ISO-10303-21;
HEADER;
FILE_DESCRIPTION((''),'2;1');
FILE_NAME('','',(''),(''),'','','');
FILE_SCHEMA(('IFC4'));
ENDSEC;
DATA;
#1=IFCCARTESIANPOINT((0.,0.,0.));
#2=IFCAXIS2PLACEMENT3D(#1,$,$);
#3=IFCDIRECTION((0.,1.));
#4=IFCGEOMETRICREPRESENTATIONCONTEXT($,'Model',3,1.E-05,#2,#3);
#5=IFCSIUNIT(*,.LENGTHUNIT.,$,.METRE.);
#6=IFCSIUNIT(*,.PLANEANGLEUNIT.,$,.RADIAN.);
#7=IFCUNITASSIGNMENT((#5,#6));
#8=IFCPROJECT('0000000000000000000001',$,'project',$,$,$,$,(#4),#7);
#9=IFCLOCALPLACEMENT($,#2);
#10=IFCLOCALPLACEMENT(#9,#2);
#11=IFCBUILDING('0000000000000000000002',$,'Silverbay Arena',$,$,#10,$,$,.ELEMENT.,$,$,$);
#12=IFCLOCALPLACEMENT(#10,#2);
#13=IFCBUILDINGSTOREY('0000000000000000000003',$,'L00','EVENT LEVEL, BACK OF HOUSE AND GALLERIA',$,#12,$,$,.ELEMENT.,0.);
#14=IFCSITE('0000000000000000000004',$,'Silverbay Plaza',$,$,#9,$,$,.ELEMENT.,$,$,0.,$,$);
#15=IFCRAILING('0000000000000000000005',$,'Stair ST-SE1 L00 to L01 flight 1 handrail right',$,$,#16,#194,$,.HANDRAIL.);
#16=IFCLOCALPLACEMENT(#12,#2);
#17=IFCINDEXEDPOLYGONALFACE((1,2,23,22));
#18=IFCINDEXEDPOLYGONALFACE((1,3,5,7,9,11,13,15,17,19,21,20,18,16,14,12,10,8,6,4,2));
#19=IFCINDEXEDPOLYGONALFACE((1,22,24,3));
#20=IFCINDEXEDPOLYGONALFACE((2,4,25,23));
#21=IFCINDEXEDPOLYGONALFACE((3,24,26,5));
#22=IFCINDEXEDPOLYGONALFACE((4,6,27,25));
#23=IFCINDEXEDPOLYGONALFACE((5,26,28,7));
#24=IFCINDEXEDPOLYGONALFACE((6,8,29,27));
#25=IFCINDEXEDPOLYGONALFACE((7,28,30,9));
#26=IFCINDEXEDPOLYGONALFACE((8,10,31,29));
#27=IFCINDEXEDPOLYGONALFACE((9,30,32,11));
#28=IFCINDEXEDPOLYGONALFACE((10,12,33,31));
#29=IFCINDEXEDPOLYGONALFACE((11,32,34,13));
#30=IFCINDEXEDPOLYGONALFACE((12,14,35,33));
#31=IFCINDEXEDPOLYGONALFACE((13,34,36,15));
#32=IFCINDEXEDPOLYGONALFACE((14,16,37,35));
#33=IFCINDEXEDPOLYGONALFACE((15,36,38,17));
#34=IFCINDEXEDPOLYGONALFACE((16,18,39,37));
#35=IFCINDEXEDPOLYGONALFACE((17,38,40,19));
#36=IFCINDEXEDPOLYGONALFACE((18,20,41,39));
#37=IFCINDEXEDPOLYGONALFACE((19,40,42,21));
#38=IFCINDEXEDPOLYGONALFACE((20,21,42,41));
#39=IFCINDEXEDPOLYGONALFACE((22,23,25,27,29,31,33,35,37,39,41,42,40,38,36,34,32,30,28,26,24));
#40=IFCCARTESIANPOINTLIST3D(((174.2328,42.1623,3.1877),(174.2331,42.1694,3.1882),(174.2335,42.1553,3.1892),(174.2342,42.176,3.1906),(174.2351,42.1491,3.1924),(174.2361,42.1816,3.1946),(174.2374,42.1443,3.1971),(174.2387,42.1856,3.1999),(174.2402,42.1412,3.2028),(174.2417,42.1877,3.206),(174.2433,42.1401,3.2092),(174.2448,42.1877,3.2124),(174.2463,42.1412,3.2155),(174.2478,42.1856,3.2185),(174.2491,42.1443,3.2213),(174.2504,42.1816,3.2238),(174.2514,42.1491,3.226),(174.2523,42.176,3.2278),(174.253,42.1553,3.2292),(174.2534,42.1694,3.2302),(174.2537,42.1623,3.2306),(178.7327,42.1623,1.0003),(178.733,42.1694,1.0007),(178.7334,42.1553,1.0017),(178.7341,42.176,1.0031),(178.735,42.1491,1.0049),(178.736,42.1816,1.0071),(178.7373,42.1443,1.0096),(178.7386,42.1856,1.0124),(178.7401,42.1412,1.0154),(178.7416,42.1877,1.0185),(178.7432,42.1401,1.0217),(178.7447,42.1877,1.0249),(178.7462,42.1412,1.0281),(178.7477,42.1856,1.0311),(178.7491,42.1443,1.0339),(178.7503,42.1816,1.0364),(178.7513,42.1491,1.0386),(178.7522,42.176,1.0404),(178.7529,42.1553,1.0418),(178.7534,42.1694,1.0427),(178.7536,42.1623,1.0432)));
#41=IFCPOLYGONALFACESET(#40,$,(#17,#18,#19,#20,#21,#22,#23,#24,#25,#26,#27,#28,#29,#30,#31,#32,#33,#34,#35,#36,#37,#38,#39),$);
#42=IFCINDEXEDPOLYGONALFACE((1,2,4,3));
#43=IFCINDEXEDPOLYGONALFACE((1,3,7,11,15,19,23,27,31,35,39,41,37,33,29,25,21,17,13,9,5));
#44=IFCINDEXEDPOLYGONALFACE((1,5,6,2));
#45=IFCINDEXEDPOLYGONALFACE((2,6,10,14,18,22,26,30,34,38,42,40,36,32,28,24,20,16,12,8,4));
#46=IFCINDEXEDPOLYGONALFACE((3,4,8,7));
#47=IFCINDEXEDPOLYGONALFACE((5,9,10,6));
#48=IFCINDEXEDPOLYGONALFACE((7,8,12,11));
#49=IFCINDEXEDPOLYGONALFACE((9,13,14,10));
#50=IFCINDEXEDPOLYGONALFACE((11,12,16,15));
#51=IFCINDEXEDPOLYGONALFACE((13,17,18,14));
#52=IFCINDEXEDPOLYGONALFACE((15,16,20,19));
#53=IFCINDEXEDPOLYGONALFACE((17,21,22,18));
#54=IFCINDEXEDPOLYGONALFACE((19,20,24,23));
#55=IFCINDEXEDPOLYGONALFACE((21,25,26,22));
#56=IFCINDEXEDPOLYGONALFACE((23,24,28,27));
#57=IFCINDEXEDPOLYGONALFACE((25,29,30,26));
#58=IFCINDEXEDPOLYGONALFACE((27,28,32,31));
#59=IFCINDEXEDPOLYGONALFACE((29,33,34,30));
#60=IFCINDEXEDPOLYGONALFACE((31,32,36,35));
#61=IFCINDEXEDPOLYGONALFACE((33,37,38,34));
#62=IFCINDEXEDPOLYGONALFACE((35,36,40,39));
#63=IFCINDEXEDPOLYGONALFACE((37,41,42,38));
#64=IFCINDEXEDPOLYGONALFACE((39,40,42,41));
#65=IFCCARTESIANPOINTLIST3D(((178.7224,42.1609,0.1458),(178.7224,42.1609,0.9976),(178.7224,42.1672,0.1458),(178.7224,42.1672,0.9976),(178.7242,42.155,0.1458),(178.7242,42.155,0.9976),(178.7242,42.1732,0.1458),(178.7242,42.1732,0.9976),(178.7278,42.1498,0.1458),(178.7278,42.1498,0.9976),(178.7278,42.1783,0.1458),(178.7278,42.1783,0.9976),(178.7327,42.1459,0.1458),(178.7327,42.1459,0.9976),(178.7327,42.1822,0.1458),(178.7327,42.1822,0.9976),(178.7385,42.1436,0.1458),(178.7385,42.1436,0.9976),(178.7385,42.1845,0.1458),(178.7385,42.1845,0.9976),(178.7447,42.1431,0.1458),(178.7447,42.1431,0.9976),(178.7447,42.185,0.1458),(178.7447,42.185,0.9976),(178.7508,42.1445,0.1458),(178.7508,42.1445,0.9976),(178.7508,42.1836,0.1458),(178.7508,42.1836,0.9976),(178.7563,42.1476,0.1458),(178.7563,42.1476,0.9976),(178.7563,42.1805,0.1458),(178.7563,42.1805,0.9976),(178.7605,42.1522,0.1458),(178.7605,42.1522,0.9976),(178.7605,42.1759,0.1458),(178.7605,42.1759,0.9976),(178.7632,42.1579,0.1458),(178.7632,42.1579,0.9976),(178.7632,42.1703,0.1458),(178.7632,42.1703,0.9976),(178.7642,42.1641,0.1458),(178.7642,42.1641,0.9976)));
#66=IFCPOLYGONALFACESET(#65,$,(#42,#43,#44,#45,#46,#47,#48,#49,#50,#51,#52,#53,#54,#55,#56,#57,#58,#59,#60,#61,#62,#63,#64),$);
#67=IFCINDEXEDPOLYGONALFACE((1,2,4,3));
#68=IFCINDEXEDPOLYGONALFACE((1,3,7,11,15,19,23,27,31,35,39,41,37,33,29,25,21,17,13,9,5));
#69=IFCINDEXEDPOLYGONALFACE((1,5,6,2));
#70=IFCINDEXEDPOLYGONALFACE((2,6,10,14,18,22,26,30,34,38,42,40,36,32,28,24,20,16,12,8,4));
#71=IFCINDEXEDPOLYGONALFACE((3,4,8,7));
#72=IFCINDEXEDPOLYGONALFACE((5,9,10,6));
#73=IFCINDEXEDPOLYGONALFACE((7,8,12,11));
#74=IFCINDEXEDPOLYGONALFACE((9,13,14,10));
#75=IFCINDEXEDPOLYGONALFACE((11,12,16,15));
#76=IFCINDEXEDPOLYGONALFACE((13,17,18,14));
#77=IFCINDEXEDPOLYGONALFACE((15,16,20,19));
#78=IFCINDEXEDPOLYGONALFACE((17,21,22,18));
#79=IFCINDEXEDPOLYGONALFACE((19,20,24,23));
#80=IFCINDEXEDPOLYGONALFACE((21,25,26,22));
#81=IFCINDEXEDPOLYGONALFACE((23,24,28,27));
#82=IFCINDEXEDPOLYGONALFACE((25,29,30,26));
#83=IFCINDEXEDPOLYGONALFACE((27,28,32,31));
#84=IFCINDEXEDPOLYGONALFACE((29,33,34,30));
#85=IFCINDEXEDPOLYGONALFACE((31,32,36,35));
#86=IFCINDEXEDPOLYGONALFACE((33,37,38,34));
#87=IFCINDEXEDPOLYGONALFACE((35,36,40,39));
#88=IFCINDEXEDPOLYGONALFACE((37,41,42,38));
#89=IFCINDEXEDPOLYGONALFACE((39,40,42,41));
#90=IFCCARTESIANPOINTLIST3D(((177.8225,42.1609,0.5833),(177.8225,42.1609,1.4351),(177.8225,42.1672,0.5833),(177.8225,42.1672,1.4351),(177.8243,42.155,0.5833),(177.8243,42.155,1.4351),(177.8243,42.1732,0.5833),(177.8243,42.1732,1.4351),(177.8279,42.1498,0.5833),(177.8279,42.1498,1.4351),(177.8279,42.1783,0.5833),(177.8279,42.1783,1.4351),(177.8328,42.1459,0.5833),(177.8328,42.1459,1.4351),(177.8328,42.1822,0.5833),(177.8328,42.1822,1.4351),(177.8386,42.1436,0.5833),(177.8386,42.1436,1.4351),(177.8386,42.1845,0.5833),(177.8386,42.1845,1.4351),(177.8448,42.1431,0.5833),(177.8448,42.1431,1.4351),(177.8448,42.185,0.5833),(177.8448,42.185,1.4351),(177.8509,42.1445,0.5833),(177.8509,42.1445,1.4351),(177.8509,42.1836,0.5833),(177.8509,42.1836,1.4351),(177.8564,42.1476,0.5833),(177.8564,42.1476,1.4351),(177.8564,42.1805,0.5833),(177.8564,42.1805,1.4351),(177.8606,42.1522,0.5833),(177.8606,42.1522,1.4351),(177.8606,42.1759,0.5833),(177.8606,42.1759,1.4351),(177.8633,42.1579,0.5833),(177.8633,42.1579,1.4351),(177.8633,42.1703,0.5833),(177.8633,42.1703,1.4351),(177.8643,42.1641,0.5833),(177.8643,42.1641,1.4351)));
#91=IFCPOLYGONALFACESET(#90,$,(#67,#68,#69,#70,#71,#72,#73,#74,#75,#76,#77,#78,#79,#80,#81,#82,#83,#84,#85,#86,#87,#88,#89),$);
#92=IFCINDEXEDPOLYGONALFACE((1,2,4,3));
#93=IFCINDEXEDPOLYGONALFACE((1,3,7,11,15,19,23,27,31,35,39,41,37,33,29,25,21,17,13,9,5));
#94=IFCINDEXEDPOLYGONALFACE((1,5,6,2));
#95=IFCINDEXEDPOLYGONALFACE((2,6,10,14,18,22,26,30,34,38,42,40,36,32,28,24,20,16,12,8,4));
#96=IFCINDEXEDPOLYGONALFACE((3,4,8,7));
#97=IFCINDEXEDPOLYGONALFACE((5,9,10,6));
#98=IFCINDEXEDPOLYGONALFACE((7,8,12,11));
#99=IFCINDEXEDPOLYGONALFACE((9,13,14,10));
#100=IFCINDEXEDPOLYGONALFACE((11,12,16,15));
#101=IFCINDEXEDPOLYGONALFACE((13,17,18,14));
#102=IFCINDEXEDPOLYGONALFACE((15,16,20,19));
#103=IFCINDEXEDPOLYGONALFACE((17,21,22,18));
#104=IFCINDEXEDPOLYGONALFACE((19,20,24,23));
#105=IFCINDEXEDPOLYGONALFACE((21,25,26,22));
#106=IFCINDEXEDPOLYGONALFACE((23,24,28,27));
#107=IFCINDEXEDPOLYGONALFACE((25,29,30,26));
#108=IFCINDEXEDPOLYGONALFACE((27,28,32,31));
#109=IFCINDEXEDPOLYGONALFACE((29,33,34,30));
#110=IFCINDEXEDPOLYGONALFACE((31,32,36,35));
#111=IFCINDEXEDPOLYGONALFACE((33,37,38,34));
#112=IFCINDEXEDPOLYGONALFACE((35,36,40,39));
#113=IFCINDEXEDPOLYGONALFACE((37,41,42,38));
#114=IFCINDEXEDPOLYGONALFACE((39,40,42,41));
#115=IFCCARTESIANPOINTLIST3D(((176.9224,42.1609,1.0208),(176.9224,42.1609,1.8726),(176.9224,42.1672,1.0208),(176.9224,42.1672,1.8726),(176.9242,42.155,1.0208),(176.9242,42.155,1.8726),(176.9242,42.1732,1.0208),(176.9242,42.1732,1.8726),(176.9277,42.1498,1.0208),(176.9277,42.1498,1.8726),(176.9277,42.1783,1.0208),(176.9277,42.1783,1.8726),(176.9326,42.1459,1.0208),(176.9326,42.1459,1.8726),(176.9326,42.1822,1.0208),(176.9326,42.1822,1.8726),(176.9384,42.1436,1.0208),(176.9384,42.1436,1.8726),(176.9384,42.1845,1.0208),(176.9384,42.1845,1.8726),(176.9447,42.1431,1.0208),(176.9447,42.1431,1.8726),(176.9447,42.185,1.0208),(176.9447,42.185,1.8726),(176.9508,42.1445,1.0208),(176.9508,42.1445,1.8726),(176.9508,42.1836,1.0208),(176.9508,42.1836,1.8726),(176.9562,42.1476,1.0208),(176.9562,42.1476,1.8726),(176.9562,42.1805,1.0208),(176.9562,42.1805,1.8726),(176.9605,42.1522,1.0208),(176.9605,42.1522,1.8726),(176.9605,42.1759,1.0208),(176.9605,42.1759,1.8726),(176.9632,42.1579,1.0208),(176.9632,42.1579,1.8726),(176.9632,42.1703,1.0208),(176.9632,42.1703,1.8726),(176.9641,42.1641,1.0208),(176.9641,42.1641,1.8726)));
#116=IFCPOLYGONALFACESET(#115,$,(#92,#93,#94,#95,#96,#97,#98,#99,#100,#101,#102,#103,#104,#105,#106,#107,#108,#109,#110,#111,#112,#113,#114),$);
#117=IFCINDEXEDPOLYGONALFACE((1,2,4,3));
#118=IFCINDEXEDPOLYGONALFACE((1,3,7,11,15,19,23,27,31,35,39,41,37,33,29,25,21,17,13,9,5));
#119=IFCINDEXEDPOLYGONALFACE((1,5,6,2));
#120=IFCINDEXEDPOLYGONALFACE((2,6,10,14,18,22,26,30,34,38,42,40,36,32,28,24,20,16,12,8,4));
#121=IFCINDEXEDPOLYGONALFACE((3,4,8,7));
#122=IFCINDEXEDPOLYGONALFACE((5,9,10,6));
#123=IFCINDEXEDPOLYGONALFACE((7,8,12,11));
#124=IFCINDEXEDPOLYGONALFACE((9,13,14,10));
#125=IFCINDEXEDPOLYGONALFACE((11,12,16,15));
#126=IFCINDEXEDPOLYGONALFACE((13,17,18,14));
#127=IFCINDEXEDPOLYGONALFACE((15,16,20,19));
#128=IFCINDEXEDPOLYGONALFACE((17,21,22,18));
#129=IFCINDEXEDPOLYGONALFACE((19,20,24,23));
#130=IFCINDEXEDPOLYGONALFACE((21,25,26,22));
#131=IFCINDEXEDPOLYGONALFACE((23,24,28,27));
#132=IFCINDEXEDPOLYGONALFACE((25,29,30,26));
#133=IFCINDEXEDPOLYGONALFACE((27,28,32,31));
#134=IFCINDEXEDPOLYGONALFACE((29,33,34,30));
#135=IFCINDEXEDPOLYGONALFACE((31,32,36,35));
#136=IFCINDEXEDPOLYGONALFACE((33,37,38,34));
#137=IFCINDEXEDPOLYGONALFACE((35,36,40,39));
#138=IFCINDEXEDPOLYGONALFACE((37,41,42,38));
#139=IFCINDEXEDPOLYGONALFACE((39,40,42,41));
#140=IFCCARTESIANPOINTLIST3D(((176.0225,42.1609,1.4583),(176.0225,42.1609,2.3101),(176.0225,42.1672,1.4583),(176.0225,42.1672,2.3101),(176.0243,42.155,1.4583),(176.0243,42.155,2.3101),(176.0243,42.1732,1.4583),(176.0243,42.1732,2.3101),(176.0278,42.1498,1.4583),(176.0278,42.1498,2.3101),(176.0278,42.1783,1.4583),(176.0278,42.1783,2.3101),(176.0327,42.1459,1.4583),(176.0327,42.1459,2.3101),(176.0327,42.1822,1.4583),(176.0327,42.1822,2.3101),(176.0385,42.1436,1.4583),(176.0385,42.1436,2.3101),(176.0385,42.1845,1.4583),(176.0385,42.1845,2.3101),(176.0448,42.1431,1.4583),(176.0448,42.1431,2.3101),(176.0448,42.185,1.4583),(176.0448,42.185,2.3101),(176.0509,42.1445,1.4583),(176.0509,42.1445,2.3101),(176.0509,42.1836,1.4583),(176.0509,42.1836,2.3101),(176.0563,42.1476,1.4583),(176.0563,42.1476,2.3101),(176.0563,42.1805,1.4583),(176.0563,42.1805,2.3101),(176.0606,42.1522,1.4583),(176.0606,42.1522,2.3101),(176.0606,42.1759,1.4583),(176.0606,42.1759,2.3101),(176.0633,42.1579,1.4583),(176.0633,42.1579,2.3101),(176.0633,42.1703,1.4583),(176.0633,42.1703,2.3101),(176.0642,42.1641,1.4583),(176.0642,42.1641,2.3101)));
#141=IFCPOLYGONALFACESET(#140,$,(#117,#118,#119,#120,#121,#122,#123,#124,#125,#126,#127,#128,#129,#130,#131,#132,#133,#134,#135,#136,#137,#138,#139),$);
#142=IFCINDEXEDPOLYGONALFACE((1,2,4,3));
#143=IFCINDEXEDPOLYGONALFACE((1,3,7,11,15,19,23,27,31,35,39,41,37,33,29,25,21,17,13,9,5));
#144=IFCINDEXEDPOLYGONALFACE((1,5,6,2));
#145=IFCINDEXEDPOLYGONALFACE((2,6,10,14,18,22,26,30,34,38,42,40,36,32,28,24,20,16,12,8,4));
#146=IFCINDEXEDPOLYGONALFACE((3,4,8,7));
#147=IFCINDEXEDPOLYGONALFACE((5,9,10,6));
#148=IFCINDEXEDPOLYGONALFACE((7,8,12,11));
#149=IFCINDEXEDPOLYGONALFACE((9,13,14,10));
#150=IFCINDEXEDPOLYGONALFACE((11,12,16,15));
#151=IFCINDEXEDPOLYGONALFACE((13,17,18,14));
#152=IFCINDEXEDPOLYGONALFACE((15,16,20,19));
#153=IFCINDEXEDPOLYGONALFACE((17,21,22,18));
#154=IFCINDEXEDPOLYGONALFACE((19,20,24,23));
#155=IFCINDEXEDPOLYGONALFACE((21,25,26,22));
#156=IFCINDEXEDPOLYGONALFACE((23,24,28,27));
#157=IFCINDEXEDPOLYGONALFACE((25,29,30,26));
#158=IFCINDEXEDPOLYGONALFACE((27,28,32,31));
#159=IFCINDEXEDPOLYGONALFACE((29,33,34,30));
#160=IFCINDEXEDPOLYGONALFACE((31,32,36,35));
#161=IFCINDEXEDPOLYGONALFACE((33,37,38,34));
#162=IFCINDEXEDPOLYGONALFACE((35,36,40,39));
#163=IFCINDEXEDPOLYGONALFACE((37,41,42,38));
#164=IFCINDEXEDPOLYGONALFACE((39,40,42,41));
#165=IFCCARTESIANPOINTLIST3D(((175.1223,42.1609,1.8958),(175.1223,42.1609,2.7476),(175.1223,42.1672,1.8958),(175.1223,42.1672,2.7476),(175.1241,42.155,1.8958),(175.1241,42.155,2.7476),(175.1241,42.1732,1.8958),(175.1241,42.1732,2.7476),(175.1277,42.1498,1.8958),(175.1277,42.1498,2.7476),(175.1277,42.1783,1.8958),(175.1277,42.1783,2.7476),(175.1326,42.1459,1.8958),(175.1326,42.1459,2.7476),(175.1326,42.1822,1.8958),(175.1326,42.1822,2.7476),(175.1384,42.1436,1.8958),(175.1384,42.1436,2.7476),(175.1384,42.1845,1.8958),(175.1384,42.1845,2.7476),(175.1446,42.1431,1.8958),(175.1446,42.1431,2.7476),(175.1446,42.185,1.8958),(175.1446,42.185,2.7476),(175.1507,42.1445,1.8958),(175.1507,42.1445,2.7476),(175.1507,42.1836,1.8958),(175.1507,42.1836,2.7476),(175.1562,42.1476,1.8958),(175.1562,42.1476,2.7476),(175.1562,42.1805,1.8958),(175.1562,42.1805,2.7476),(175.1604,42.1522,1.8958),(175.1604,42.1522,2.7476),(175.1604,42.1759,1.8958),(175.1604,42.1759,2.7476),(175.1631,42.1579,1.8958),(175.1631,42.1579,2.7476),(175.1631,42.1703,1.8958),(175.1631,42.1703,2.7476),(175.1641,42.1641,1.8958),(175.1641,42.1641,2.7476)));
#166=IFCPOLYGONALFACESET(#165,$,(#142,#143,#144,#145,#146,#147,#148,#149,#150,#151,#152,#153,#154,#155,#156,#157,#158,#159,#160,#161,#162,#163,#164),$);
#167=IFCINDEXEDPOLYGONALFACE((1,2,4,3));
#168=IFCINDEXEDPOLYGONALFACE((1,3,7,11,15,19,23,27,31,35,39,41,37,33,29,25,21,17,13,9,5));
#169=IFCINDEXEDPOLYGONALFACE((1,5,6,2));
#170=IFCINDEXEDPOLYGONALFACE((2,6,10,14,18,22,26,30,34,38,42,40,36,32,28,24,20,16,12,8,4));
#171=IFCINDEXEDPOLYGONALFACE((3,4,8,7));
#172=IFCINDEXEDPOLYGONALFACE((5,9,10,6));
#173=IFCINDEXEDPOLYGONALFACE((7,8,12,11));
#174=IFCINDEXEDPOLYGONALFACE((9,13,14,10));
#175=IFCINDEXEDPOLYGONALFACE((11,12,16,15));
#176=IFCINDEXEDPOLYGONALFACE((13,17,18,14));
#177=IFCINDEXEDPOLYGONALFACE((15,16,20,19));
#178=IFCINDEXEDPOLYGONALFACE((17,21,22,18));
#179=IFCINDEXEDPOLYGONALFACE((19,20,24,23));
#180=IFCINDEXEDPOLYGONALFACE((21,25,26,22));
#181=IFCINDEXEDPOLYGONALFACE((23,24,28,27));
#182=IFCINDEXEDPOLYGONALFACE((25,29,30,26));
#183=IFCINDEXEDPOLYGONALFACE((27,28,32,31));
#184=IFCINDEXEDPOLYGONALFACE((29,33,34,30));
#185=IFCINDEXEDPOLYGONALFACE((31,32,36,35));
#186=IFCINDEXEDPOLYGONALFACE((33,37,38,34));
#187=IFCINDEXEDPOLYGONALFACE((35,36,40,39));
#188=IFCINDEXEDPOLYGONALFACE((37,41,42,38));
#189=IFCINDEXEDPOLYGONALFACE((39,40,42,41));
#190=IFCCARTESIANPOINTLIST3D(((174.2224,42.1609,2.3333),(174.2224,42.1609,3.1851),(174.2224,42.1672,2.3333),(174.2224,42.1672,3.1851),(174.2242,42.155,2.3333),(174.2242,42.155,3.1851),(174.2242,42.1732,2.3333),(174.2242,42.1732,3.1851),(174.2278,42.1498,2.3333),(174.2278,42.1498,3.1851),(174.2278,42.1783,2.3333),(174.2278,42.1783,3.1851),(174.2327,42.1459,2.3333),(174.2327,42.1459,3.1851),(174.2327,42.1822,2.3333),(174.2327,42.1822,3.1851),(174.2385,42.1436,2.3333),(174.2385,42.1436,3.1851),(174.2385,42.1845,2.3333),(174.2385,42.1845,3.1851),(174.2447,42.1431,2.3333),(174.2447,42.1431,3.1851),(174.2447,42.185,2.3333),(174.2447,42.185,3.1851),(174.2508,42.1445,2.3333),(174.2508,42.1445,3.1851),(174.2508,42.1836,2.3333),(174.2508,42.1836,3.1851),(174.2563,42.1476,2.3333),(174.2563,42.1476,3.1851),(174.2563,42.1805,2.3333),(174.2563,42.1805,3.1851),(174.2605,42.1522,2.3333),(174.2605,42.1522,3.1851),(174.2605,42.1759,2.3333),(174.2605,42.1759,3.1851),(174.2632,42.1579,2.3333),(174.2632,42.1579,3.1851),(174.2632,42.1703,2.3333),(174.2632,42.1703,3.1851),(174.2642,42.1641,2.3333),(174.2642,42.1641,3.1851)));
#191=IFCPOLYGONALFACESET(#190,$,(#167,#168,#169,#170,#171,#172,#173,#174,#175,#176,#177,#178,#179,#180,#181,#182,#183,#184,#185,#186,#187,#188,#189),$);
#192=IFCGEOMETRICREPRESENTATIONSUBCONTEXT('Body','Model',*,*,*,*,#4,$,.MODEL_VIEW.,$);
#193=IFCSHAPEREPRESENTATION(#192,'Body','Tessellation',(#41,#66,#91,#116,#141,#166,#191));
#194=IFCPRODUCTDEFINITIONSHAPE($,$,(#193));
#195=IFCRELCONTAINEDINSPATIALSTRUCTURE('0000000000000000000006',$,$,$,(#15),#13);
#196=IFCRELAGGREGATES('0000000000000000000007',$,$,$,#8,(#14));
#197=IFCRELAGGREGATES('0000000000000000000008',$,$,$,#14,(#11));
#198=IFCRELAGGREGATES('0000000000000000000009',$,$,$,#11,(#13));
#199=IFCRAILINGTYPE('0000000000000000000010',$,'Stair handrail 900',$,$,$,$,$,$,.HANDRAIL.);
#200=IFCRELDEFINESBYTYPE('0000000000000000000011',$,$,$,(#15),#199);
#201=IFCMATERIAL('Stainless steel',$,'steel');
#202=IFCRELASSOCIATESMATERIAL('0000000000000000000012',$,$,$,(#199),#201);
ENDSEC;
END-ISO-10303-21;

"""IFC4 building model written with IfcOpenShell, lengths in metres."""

from ifc_helpers import new_model, si_unit, direction, frame, origin, origin_2d, place, context, subcontext, project, spatial, circle, extrude, material, type_object, element, save


model = new_model("IFC4")

# Units and contexts
model_context = context("Model", 3, precision=1e-05, world=origin(), true_north=direction((0.0, 1.0)))
body_context = subcontext(model_context, "Body", "Model", "MODEL_VIEW")
ifc_project = project(units=[si_unit("LENGTHUNIT", "METRE"), si_unit("PLANEANGLEUNIT", "RADIAN")], contexts=[model_context])

# Site, building, storey
site_placement = place(None, origin())
site = spatial("IfcSite", under=ifc_project, at=site_placement, Name="Silverbay Plaza", CompositionType="ELEMENT", RefElevation=0.0)
building_placement = place(site_placement, origin())
building = spatial("IfcBuilding", under=site, at=building_placement, Name="Silverbay Arena", CompositionType="ELEMENT")
storey_placement = place(building_placement, origin())
storey = spatial("IfcBuildingStorey", under=building, at=storey_placement, Name="L00", Description="EVENT LEVEL, BACK OF HOUSE AND GALLERIA", CompositionType="ELEMENT", Elevation=0.0)

# Railing
ifc_material_1 = material(Name="Stainless steel", Category="steel")
railing_type_1 = type_object("IfcRailingType", Name="Stair handrail 900", PredefinedType="HANDRAIL", material=ifc_material_1)
for number, where, name in (
    (1, (178.7432, 42.1641, 0.1458), "Stair ST-SE1 L00 to L01 flight 1 handrail right"),
):
    element("IfcRailing", number, at=place(storey_placement, frame(where)), inside=storey, type_object=railing_type_1, Name=name, PredefinedType="HANDRAIL", context=body_context, shape_type="SweptSolid", body=[
        extrude(circle(Radius=0.0239, at=origin_2d()), frame((0.0, 0.0, 0.876), z_axis=(-0.899368, 0.0, 0.437193), x_axis=(0.0, -1.0, 0.0)), (0.0, 0.0, 1.0), 5.0034),
        extrude(circle(Radius=0.021, at=origin_2d()), origin(), (0.0, 0.0, 1.0), 0.8518),
        extrude(circle(Radius=0.021, at=origin_2d()), frame((-0.8999, 0.0, 0.4375)), (0.0, 0.0, 1.0), 0.8518),
        extrude(circle(Radius=0.021, at=origin_2d()), frame((-1.8, 0.0, 0.875)), (0.0, 0.0, 1.0), 0.8518),
        extrude(circle(Radius=0.021, at=origin_2d()), frame((-2.7, 0.0, 1.3125)), (0.0, 0.0, 1.0), 0.8518),
        extrude(circle(Radius=0.021, at=origin_2d()), frame((-3.6001, 0.0, 1.75)), (0.0, 0.0, 1.0), 0.8518),
        extrude(circle(Radius=0.021, at=origin_2d()), frame((-4.5, 0.0, 2.1875)), (0.0, 0.0, 1.0), 0.8518),
    ])

save(model, "model.ifc")
